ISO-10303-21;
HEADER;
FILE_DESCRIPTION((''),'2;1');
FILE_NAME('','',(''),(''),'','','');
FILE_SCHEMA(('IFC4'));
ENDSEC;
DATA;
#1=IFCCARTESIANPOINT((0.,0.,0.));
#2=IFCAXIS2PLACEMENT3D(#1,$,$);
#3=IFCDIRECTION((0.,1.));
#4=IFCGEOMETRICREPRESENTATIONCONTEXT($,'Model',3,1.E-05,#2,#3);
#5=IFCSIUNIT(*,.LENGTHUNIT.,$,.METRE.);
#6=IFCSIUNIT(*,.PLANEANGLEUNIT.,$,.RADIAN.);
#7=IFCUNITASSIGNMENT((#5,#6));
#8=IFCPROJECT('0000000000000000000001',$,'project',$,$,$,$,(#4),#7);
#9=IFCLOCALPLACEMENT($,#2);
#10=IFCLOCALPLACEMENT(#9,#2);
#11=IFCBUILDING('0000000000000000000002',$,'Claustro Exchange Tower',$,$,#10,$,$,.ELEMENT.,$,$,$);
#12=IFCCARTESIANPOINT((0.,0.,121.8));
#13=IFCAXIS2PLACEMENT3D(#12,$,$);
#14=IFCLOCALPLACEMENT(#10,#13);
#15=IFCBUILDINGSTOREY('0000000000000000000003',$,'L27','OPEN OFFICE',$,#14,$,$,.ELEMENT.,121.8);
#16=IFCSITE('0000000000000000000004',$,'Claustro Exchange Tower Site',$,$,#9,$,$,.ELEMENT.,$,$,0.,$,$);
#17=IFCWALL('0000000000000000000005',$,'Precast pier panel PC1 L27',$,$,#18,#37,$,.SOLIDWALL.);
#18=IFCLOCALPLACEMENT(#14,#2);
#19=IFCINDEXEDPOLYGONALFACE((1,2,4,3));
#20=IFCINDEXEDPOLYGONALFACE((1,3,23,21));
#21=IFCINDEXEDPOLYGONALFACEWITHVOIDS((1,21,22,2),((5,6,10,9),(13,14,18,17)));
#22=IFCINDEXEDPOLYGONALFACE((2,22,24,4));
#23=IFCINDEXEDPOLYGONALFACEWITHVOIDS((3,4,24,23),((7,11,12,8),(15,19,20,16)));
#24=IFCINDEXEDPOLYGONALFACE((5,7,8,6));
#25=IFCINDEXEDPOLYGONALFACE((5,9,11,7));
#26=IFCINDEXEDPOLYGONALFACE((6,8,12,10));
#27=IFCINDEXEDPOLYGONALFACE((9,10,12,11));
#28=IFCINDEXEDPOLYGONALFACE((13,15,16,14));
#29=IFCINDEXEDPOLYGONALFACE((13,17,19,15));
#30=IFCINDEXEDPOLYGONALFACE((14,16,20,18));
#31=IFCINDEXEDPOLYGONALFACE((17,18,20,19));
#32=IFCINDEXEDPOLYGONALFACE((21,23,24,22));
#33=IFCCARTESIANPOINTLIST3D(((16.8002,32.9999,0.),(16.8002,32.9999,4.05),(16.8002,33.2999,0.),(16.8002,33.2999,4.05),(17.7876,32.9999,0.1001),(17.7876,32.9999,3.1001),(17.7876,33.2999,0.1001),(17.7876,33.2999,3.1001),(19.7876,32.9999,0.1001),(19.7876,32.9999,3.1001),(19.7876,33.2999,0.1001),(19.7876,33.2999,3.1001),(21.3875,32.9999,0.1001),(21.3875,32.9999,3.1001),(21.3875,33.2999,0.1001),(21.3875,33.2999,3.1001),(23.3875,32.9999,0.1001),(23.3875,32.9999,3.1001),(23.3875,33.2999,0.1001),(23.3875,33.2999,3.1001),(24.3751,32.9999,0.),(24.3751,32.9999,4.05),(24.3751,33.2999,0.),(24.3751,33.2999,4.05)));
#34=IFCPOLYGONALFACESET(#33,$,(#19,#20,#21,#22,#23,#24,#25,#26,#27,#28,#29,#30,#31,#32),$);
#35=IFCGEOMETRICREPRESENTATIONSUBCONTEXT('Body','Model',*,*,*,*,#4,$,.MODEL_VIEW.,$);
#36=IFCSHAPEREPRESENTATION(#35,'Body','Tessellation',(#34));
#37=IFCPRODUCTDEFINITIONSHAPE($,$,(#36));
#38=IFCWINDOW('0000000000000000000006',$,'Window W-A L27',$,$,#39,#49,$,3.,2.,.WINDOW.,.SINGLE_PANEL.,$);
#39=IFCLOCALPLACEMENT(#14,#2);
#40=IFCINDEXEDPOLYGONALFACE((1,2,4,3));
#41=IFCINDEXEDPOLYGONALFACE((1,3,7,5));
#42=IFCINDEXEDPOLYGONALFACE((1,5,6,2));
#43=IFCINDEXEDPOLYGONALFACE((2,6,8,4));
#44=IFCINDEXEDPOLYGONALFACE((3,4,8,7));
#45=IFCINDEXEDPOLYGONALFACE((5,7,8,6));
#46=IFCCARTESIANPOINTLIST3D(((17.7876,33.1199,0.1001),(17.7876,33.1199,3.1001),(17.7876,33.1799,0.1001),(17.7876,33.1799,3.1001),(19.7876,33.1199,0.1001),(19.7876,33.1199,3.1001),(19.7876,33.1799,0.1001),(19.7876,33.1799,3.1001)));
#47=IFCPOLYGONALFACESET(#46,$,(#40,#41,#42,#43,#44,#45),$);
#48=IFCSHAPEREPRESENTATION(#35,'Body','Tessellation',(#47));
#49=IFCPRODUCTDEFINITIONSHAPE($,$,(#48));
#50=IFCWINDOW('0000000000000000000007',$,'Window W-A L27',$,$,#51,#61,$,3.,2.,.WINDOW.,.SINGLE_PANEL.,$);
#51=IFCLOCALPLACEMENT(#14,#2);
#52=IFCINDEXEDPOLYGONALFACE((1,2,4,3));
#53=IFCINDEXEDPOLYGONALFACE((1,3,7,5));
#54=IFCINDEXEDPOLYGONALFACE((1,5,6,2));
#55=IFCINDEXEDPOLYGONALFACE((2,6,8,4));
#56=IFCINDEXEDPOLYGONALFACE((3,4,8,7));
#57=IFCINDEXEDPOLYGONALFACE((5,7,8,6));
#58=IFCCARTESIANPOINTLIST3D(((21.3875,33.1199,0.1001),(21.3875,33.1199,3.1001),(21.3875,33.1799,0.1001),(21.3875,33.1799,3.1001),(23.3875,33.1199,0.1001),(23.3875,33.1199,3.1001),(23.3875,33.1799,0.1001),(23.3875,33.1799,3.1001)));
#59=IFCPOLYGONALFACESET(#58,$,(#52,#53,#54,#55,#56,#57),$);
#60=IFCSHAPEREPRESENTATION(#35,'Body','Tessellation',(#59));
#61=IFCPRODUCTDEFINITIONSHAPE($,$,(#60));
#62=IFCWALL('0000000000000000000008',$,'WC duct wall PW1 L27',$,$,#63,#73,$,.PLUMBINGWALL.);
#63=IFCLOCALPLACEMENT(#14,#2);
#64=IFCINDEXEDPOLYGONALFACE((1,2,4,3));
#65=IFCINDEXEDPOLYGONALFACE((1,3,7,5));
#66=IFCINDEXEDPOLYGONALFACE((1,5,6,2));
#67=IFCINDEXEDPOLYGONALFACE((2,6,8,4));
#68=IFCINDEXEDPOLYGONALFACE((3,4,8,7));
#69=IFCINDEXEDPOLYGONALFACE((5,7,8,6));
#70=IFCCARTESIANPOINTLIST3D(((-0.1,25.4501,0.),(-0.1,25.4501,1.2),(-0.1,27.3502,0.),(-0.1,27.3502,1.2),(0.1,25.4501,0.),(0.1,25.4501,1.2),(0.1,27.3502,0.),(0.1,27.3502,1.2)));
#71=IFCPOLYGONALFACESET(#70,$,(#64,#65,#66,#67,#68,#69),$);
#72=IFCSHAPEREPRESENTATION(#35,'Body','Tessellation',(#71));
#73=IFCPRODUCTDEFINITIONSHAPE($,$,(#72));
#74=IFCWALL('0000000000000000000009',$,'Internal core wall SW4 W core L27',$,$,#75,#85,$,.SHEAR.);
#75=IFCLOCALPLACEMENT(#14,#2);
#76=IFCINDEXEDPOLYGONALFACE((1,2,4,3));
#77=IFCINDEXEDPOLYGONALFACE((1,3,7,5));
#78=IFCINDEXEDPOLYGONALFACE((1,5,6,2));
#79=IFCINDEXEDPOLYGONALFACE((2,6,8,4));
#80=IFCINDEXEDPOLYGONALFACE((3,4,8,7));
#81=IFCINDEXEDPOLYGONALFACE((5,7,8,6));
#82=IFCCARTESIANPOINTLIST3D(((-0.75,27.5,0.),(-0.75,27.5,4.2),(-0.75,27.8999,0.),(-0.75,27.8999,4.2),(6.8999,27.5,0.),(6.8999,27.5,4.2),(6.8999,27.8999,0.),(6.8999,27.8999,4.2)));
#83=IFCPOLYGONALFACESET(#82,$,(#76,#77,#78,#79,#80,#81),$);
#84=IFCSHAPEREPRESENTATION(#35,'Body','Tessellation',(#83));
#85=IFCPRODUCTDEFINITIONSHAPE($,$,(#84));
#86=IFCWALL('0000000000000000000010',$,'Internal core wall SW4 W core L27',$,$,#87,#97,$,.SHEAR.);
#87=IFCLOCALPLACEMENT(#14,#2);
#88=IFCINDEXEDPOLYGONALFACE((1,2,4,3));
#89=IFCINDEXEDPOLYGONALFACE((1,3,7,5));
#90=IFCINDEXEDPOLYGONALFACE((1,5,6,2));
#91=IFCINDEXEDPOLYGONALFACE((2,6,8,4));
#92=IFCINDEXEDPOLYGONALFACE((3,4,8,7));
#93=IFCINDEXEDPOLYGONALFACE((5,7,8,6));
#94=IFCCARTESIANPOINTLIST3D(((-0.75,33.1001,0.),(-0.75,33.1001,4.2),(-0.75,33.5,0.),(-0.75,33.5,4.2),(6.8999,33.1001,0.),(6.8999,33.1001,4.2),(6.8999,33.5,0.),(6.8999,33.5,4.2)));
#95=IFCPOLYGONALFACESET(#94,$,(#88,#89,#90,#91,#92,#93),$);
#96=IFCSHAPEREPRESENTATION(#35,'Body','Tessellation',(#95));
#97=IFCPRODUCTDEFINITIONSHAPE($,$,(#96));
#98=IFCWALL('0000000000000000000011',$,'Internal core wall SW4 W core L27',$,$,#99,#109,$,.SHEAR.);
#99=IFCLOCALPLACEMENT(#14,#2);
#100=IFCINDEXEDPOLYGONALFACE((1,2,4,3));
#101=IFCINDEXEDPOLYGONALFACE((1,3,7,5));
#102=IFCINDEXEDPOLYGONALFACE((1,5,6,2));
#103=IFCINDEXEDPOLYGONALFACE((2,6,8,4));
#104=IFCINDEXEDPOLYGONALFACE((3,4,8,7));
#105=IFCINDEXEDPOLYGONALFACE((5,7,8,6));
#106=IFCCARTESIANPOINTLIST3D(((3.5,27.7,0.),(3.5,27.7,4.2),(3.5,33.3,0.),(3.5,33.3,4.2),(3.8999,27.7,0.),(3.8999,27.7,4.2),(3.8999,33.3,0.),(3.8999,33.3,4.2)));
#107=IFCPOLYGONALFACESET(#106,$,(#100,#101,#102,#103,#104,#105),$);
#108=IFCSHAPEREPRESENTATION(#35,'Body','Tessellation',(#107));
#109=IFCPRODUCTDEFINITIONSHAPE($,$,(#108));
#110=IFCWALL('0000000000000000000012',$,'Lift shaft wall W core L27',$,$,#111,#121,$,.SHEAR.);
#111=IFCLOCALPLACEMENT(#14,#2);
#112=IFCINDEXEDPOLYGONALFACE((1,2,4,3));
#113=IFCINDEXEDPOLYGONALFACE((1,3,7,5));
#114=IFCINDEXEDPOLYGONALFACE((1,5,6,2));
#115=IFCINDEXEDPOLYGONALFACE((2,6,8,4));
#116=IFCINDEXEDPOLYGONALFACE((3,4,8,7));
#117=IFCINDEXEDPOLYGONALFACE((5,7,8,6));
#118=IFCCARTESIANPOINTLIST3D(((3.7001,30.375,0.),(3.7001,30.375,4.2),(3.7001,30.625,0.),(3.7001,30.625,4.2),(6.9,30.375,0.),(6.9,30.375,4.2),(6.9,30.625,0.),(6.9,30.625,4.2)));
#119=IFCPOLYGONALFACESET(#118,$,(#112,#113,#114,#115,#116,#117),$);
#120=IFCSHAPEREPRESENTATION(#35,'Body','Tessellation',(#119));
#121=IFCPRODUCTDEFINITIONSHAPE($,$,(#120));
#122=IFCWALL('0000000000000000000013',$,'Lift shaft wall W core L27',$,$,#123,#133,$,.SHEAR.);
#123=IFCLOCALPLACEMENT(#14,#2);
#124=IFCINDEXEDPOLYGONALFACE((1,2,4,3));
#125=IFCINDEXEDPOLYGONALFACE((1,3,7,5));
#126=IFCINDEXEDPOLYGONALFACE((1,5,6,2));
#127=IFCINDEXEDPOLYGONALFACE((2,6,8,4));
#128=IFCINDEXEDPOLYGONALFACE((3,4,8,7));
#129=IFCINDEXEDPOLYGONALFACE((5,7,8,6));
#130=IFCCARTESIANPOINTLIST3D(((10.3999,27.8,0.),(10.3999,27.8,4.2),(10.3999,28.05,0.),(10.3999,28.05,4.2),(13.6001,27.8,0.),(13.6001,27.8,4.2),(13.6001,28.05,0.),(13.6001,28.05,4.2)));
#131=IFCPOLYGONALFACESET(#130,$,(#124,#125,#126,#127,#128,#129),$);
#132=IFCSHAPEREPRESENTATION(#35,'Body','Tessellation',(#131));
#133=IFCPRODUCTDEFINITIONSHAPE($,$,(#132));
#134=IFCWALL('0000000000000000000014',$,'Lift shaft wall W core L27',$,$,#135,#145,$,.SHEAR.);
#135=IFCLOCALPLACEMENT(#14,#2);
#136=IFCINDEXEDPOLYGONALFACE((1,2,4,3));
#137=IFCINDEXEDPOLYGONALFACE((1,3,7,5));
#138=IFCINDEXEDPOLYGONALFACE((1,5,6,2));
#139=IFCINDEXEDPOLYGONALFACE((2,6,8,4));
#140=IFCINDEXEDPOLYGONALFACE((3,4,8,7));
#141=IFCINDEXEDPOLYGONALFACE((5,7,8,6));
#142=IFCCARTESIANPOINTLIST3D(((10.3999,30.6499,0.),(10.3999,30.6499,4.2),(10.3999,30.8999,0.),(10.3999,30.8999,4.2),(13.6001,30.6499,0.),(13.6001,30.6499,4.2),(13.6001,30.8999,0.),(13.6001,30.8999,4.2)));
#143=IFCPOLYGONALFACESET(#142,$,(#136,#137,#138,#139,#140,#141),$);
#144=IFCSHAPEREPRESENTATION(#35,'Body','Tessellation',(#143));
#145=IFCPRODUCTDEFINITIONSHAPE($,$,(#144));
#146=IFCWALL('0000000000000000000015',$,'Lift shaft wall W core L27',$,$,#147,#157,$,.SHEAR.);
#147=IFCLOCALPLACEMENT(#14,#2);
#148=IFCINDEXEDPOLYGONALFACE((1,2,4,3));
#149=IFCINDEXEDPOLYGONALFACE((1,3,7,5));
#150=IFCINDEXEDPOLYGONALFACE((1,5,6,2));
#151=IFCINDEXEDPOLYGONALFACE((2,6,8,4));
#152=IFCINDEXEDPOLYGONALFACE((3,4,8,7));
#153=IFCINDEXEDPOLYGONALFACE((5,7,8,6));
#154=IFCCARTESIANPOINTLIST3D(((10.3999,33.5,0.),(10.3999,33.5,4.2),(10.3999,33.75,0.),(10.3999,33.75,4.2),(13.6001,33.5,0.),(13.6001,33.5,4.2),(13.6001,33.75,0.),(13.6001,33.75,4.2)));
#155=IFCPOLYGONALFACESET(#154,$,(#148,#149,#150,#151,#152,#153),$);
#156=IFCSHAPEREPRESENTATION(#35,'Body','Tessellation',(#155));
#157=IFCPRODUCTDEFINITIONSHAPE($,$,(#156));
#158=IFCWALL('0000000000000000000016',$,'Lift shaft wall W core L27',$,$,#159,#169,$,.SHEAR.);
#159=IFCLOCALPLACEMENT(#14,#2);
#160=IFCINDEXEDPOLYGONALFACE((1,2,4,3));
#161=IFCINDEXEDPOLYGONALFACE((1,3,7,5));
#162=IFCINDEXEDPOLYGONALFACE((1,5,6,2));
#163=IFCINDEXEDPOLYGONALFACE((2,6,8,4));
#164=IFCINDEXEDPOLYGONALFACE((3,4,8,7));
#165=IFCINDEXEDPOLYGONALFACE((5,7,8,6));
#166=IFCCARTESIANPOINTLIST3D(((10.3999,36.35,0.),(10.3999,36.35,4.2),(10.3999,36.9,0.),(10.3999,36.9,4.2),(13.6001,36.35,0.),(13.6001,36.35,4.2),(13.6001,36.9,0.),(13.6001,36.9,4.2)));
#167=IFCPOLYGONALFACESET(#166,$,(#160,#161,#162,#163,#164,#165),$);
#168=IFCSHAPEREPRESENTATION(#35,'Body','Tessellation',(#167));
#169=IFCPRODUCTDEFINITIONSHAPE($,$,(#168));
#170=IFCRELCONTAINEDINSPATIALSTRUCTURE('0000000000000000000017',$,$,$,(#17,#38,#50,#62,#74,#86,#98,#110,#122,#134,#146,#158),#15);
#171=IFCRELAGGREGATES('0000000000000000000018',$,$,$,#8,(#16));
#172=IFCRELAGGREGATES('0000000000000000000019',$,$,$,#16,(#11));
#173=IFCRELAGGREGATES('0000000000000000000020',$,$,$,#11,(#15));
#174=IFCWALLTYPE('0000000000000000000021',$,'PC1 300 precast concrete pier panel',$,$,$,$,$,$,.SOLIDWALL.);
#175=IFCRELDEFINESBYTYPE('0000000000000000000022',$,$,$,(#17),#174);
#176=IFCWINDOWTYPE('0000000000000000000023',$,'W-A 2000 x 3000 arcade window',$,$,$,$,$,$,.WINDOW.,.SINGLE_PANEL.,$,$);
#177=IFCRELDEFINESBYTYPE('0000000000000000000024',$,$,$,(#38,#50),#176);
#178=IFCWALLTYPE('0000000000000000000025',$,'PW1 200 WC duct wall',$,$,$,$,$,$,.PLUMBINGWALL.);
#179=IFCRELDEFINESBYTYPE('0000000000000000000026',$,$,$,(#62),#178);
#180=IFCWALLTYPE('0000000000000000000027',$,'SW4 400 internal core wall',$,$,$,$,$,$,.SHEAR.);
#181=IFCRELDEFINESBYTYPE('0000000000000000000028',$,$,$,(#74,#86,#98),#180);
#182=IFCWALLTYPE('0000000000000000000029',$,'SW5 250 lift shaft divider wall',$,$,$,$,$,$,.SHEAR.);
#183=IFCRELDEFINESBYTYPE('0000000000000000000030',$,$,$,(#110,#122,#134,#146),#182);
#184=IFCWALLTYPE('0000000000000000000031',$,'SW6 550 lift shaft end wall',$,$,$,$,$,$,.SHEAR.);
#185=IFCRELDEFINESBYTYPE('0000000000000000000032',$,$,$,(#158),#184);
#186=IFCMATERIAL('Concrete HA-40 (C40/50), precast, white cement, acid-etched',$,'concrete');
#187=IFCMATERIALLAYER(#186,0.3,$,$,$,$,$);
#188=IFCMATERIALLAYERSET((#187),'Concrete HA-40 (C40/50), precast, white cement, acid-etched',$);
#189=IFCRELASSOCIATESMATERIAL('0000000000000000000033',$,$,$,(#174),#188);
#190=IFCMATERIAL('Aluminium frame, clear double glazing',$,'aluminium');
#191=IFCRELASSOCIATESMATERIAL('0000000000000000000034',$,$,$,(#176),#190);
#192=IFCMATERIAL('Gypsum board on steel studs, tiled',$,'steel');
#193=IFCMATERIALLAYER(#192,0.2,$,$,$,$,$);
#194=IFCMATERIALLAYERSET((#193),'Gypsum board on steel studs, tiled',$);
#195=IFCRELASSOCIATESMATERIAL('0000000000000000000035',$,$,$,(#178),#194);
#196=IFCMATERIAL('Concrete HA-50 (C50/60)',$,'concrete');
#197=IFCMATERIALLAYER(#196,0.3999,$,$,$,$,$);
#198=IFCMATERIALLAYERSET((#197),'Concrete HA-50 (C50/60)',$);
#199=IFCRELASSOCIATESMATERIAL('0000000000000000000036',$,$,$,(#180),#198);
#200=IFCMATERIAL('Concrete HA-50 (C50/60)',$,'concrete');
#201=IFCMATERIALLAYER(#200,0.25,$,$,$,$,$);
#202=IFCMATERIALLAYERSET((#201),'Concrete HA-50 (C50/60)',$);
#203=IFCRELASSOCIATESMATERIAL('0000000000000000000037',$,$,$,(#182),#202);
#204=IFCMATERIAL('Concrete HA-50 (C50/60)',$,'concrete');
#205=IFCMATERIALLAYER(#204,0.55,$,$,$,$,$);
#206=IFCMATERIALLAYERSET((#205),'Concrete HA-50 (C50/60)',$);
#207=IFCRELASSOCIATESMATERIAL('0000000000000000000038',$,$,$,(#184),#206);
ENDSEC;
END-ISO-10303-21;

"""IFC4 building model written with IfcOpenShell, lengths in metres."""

from ifc_helpers import new_model, si_unit, direction, frame, frame_2d, origin, place, context, subcontext, project, spatial, rectangle, extrude, material, layer, layer_set, type_object, element, fill, save


model = new_model("IFC4")

# Units and contexts
model_context = context("Model", 3, precision=1e-05, world=origin(), true_north=direction((0.0, 1.0)))
body_context = subcontext(model_context, "Body", "Model", "MODEL_VIEW")
ifc_project = project(units=[si_unit("LENGTHUNIT", "METRE"), si_unit("PLANEANGLEUNIT", "RADIAN")], contexts=[model_context])

# Site, building, storey
site_placement = place(None, origin())
site = spatial("IfcSite", under=ifc_project, at=site_placement, Name="Claustro Exchange Tower Site", CompositionType="ELEMENT", RefElevation=0.0)
building_placement = place(site_placement, origin())
building = spatial("IfcBuilding", under=site, at=building_placement, Name="Claustro Exchange Tower", CompositionType="ELEMENT")
storey_placement = place(building_placement, frame((0.0, 0.0, 121.8)))
storey = spatial("IfcBuildingStorey", under=building, at=storey_placement, Name="L27", Description="OPEN OFFICE", CompositionType="ELEMENT", Elevation=121.8)

# Wall, openings, windows
ifc_material_1 = material(Name="Concrete HA-40 (C40/50), precast, white cement, acid-etched", Category="concrete")
ifc_layer_1 = layer(ifc_material_1, 0.3)
ifc_layer_set_1 = layer_set([ifc_layer_1], Name="Concrete HA-40 (C40/50), precast, white cement, acid-etched")
wall_type_1 = type_object("IfcWallType", Name="PC1 300 precast concrete pier panel", PredefinedType="SOLIDWALL", material=ifc_layer_set_1)
wall_1_placement = place(storey_placement, frame((16.8, 33.1499, 0.0), z_axis=(0.0, 0.0, 1.0), x_axis=(1.0, 0.0, 0.0)))
wall_1 = element("IfcWall", 1, at=wall_1_placement, inside=storey, type_object=wall_type_1, Name="Precast pier panel PC1 L27", PredefinedType="SOLIDWALL", context=body_context, shape_type="SweptSolid", body=[
    extrude(rectangle(XDim=7.575, YDim=0.3, at=frame_2d((3.7876, 0.0))), origin(), (0.0, 0.0, 1.0), 4.05),
])
opening_1_placement = place(wall_1_placement, frame((0.9875, 0.0, 0.1001)))
opening_1 = element("IfcOpeningElement", 2, at=opening_1_placement, cuts=wall_1, PredefinedType="OPENING", context=body_context, shape_type="SweptSolid", body=[
    extrude(rectangle(XDim=2.0, YDim=3.0, at=frame_2d((1.0, 1.5))), frame((0.0, 0.1599, 0.0), z_axis=(0.0, -1.0, 0.0), x_axis=(1.0, 0.0, 0.0)), (0.0, 0.0, 1.0), 0.3201),
])
opening_2_placement = place(wall_1_placement, frame((4.5874, 0.0, 0.1001)))
opening_2 = element("IfcOpeningElement", 3, at=opening_2_placement, cuts=wall_1, PredefinedType="OPENING", context=body_context, shape_type="SweptSolid", body=[
    extrude(rectangle(XDim=2.0, YDim=3.0, at=frame_2d((1.0, 1.5))), frame((0.0, 0.1599, 0.0), z_axis=(0.0, -1.0, 0.0), x_axis=(1.0, 0.0, 0.0)), (0.0, 0.0, 1.0), 0.3201),
])
ifc_material_2 = material(Name="Aluminium frame, clear double glazing", Category="aluminium")
window_type = type_object("IfcWindowType", Name="W-A 2000 x 3000 arcade window", PartitioningType="SINGLE_PANEL", PredefinedType="WINDOW", material=ifc_material_2)
window_1_placement = place(opening_1_placement, origin())
window_1 = element("IfcWindow", 4, at=window_1_placement, inside=storey, type_object=window_type, Name="Window W-A L27", OverallHeight=3.0, OverallWidth=2.0, PartitioningType="SINGLE_PANEL", PredefinedType="WINDOW", context=body_context, shape_type="SweptSolid", body=[
    extrude(rectangle(XDim=2.0, YDim=3.0, at=frame_2d((1.0, 1.5))), frame((0.0, 0.03, 0.0), z_axis=(0.0, -1.0, 0.0), x_axis=(1.0, 0.0, 0.0)), (0.0, 0.0, 1.0), 0.0601),
])
fill(opening_1, window_1)
window_2_placement = place(opening_2_placement, origin())
window_2 = element("IfcWindow", 5, at=window_2_placement, inside=storey, type_object=window_type, Name="Window W-A L27", OverallHeight=3.0, OverallWidth=2.0, PartitioningType="SINGLE_PANEL", PredefinedType="WINDOW", context=body_context, shape_type="SweptSolid", body=[
    extrude(rectangle(XDim=2.0, YDim=3.0, at=frame_2d((1.0, 1.5))), frame((0.0, 0.03, 0.0), z_axis=(0.0, -1.0, 0.0), x_axis=(1.0, 0.0, 0.0)), (0.0, 0.0, 1.0), 0.0601),
])
fill(opening_2, window_2)

# Wall
ifc_material_3 = material(Name="Gypsum board on steel studs, tiled", Category="steel")
ifc_layer_2 = layer(ifc_material_3, 0.2)
ifc_layer_set_2 = layer_set([ifc_layer_2], Name="Gypsum board on steel studs, tiled")
wall_type_2 = type_object("IfcWallType", Name="PW1 200 WC duct wall", PredefinedType="PLUMBINGWALL", material=ifc_layer_set_2)
wall_2_placement = place(storey_placement, frame((0.0, 25.45, 0.0), z_axis=(0.0, 0.0, 1.0), x_axis=(0.0, 1.0, 0.0)))
element("IfcWall", 6, at=wall_2_placement, inside=storey, type_object=wall_type_2, Name="WC duct wall PW1 L27", PredefinedType="PLUMBINGWALL", context=body_context, shape_type="SweptSolid", body=[
    extrude(rectangle(XDim=1.9001, YDim=0.2, at=frame_2d((0.9502, 0.0))), origin(), (0.0, 0.0, 1.0), 1.2),
])

# Walls
ifc_material_4 = material(Name="Concrete HA-50 (C50/60)", Category="concrete")
ifc_layer_3 = layer(ifc_material_4, 0.3999)
ifc_layer_set_3 = layer_set([ifc_layer_3], Name="Concrete HA-50 (C50/60)")
wall_type_3 = type_object("IfcWallType", Name="SW4 400 internal core wall", PredefinedType="SHEAR", material=ifc_layer_set_3)
for number, where, z_axis, x_axis, name in (
    (7, (-0.75, 27.7, 0.0), (0.0, 0.0, 1.0), (1.0, 0.0, 0.0), "Internal core wall SW4 W core L27"),
    (8, (-0.75, 33.3, 0.0), (0.0, 0.0, 1.0), (1.0, 0.0, 0.0), "Internal core wall SW4 W core L27"),
):
    element("IfcWall", number, at=place(storey_placement, frame(where, z_axis=z_axis, x_axis=x_axis)), inside=storey, type_object=wall_type_3, Name=name, PredefinedType="SHEAR", context=body_context, shape_type="SweptSolid", body=[
        extrude(rectangle(XDim=7.6499, YDim=0.3999, at=frame_2d((3.825, 0.0))), origin(), (0.0, 0.0, 1.0), 4.2),
    ])
wall_3_placement = place(storey_placement, frame((3.7, 27.7, 0.0), z_axis=(0.0, 0.0, 1.0), x_axis=(0.0, 1.0, 0.0)))
element("IfcWall", 9, at=wall_3_placement, inside=storey, type_object=wall_type_3, Name="Internal core wall SW4 W core L27", PredefinedType="SHEAR", context=body_context, shape_type="SweptSolid", body=[
    extrude(rectangle(XDim=5.6001, YDim=0.3999, at=frame_2d((2.8, 0.0))), origin(), (0.0, 0.0, 1.0), 4.2),
])
ifc_material_5 = material(Name="Concrete HA-50 (C50/60)", Category="concrete")
ifc_layer_4 = layer(ifc_material_5, 0.25)
ifc_layer_set_4 = layer_set([ifc_layer_4], Name="Concrete HA-50 (C50/60)")
wall_type_4 = type_object("IfcWallType", Name="SW5 250 lift shaft divider wall", PredefinedType="SHEAR", material=ifc_layer_set_4)
wall_4_placement = place(storey_placement, frame((3.7, 30.5, 0.0), z_axis=(0.0, 0.0, 1.0), x_axis=(1.0, 0.0, 0.0)))
element("IfcWall", 10, at=wall_4_placement, inside=storey, type_object=wall_type_4, Name="Lift shaft wall W core L27", PredefinedType="SHEAR", context=body_context, shape_type="SweptSolid", body=[
    extrude(rectangle(XDim=3.2, YDim=0.25, at=frame_2d((1.6001, 0.0))), origin(), (0.0, 0.0, 1.0), 4.2),
])
for number, where, z_axis, x_axis, name in (
    (11, (10.3999, 27.925, 0.0), (0.0, 0.0, 1.0), (1.0, 0.0, 0.0), "Lift shaft wall W core L27"),
    (12, (10.3999, 30.7749, 0.0), (0.0, 0.0, 1.0), (1.0, 0.0, 0.0), "Lift shaft wall W core L27"),
    (13, (10.3999, 33.625, 0.0), (0.0, 0.0, 1.0), (1.0, 0.0, 0.0), "Lift shaft wall W core L27"),
):
    element("IfcWall", number, at=place(storey_placement, frame(where, z_axis=z_axis, x_axis=x_axis)), inside=storey, type_object=wall_type_4, Name=name, PredefinedType="SHEAR", context=body_context, shape_type="SweptSolid", body=[
        extrude(rectangle(XDim=3.2002, YDim=0.25, at=frame_2d((1.6001, 0.0))), origin(), (0.0, 0.0, 1.0), 4.2),
    ])
ifc_material_6 = material(Name="Concrete HA-50 (C50/60)", Category="concrete")
ifc_layer_5 = layer(ifc_material_6, 0.55)
ifc_layer_set_5 = layer_set([ifc_layer_5], Name="Concrete HA-50 (C50/60)")
wall_type_5 = type_object("IfcWallType", Name="SW6 550 lift shaft end wall", PredefinedType="SHEAR", material=ifc_layer_set_5)
wall_5_placement = place(storey_placement, frame((10.3999, 36.625, 0.0), z_axis=(0.0, 0.0, 1.0), x_axis=(1.0, 0.0, 0.0)))
element("IfcWall", 14, at=wall_5_placement, inside=storey, type_object=wall_type_5, Name="Lift shaft wall W core L27", PredefinedType="SHEAR", context=body_context, shape_type="SweptSolid", body=[
    extrude(rectangle(XDim=3.2002, YDim=0.55, at=frame_2d((1.6001, 0.0))), origin(), (0.0, 0.0, 1.0), 4.2),
])

save(model, "model.ifc")
